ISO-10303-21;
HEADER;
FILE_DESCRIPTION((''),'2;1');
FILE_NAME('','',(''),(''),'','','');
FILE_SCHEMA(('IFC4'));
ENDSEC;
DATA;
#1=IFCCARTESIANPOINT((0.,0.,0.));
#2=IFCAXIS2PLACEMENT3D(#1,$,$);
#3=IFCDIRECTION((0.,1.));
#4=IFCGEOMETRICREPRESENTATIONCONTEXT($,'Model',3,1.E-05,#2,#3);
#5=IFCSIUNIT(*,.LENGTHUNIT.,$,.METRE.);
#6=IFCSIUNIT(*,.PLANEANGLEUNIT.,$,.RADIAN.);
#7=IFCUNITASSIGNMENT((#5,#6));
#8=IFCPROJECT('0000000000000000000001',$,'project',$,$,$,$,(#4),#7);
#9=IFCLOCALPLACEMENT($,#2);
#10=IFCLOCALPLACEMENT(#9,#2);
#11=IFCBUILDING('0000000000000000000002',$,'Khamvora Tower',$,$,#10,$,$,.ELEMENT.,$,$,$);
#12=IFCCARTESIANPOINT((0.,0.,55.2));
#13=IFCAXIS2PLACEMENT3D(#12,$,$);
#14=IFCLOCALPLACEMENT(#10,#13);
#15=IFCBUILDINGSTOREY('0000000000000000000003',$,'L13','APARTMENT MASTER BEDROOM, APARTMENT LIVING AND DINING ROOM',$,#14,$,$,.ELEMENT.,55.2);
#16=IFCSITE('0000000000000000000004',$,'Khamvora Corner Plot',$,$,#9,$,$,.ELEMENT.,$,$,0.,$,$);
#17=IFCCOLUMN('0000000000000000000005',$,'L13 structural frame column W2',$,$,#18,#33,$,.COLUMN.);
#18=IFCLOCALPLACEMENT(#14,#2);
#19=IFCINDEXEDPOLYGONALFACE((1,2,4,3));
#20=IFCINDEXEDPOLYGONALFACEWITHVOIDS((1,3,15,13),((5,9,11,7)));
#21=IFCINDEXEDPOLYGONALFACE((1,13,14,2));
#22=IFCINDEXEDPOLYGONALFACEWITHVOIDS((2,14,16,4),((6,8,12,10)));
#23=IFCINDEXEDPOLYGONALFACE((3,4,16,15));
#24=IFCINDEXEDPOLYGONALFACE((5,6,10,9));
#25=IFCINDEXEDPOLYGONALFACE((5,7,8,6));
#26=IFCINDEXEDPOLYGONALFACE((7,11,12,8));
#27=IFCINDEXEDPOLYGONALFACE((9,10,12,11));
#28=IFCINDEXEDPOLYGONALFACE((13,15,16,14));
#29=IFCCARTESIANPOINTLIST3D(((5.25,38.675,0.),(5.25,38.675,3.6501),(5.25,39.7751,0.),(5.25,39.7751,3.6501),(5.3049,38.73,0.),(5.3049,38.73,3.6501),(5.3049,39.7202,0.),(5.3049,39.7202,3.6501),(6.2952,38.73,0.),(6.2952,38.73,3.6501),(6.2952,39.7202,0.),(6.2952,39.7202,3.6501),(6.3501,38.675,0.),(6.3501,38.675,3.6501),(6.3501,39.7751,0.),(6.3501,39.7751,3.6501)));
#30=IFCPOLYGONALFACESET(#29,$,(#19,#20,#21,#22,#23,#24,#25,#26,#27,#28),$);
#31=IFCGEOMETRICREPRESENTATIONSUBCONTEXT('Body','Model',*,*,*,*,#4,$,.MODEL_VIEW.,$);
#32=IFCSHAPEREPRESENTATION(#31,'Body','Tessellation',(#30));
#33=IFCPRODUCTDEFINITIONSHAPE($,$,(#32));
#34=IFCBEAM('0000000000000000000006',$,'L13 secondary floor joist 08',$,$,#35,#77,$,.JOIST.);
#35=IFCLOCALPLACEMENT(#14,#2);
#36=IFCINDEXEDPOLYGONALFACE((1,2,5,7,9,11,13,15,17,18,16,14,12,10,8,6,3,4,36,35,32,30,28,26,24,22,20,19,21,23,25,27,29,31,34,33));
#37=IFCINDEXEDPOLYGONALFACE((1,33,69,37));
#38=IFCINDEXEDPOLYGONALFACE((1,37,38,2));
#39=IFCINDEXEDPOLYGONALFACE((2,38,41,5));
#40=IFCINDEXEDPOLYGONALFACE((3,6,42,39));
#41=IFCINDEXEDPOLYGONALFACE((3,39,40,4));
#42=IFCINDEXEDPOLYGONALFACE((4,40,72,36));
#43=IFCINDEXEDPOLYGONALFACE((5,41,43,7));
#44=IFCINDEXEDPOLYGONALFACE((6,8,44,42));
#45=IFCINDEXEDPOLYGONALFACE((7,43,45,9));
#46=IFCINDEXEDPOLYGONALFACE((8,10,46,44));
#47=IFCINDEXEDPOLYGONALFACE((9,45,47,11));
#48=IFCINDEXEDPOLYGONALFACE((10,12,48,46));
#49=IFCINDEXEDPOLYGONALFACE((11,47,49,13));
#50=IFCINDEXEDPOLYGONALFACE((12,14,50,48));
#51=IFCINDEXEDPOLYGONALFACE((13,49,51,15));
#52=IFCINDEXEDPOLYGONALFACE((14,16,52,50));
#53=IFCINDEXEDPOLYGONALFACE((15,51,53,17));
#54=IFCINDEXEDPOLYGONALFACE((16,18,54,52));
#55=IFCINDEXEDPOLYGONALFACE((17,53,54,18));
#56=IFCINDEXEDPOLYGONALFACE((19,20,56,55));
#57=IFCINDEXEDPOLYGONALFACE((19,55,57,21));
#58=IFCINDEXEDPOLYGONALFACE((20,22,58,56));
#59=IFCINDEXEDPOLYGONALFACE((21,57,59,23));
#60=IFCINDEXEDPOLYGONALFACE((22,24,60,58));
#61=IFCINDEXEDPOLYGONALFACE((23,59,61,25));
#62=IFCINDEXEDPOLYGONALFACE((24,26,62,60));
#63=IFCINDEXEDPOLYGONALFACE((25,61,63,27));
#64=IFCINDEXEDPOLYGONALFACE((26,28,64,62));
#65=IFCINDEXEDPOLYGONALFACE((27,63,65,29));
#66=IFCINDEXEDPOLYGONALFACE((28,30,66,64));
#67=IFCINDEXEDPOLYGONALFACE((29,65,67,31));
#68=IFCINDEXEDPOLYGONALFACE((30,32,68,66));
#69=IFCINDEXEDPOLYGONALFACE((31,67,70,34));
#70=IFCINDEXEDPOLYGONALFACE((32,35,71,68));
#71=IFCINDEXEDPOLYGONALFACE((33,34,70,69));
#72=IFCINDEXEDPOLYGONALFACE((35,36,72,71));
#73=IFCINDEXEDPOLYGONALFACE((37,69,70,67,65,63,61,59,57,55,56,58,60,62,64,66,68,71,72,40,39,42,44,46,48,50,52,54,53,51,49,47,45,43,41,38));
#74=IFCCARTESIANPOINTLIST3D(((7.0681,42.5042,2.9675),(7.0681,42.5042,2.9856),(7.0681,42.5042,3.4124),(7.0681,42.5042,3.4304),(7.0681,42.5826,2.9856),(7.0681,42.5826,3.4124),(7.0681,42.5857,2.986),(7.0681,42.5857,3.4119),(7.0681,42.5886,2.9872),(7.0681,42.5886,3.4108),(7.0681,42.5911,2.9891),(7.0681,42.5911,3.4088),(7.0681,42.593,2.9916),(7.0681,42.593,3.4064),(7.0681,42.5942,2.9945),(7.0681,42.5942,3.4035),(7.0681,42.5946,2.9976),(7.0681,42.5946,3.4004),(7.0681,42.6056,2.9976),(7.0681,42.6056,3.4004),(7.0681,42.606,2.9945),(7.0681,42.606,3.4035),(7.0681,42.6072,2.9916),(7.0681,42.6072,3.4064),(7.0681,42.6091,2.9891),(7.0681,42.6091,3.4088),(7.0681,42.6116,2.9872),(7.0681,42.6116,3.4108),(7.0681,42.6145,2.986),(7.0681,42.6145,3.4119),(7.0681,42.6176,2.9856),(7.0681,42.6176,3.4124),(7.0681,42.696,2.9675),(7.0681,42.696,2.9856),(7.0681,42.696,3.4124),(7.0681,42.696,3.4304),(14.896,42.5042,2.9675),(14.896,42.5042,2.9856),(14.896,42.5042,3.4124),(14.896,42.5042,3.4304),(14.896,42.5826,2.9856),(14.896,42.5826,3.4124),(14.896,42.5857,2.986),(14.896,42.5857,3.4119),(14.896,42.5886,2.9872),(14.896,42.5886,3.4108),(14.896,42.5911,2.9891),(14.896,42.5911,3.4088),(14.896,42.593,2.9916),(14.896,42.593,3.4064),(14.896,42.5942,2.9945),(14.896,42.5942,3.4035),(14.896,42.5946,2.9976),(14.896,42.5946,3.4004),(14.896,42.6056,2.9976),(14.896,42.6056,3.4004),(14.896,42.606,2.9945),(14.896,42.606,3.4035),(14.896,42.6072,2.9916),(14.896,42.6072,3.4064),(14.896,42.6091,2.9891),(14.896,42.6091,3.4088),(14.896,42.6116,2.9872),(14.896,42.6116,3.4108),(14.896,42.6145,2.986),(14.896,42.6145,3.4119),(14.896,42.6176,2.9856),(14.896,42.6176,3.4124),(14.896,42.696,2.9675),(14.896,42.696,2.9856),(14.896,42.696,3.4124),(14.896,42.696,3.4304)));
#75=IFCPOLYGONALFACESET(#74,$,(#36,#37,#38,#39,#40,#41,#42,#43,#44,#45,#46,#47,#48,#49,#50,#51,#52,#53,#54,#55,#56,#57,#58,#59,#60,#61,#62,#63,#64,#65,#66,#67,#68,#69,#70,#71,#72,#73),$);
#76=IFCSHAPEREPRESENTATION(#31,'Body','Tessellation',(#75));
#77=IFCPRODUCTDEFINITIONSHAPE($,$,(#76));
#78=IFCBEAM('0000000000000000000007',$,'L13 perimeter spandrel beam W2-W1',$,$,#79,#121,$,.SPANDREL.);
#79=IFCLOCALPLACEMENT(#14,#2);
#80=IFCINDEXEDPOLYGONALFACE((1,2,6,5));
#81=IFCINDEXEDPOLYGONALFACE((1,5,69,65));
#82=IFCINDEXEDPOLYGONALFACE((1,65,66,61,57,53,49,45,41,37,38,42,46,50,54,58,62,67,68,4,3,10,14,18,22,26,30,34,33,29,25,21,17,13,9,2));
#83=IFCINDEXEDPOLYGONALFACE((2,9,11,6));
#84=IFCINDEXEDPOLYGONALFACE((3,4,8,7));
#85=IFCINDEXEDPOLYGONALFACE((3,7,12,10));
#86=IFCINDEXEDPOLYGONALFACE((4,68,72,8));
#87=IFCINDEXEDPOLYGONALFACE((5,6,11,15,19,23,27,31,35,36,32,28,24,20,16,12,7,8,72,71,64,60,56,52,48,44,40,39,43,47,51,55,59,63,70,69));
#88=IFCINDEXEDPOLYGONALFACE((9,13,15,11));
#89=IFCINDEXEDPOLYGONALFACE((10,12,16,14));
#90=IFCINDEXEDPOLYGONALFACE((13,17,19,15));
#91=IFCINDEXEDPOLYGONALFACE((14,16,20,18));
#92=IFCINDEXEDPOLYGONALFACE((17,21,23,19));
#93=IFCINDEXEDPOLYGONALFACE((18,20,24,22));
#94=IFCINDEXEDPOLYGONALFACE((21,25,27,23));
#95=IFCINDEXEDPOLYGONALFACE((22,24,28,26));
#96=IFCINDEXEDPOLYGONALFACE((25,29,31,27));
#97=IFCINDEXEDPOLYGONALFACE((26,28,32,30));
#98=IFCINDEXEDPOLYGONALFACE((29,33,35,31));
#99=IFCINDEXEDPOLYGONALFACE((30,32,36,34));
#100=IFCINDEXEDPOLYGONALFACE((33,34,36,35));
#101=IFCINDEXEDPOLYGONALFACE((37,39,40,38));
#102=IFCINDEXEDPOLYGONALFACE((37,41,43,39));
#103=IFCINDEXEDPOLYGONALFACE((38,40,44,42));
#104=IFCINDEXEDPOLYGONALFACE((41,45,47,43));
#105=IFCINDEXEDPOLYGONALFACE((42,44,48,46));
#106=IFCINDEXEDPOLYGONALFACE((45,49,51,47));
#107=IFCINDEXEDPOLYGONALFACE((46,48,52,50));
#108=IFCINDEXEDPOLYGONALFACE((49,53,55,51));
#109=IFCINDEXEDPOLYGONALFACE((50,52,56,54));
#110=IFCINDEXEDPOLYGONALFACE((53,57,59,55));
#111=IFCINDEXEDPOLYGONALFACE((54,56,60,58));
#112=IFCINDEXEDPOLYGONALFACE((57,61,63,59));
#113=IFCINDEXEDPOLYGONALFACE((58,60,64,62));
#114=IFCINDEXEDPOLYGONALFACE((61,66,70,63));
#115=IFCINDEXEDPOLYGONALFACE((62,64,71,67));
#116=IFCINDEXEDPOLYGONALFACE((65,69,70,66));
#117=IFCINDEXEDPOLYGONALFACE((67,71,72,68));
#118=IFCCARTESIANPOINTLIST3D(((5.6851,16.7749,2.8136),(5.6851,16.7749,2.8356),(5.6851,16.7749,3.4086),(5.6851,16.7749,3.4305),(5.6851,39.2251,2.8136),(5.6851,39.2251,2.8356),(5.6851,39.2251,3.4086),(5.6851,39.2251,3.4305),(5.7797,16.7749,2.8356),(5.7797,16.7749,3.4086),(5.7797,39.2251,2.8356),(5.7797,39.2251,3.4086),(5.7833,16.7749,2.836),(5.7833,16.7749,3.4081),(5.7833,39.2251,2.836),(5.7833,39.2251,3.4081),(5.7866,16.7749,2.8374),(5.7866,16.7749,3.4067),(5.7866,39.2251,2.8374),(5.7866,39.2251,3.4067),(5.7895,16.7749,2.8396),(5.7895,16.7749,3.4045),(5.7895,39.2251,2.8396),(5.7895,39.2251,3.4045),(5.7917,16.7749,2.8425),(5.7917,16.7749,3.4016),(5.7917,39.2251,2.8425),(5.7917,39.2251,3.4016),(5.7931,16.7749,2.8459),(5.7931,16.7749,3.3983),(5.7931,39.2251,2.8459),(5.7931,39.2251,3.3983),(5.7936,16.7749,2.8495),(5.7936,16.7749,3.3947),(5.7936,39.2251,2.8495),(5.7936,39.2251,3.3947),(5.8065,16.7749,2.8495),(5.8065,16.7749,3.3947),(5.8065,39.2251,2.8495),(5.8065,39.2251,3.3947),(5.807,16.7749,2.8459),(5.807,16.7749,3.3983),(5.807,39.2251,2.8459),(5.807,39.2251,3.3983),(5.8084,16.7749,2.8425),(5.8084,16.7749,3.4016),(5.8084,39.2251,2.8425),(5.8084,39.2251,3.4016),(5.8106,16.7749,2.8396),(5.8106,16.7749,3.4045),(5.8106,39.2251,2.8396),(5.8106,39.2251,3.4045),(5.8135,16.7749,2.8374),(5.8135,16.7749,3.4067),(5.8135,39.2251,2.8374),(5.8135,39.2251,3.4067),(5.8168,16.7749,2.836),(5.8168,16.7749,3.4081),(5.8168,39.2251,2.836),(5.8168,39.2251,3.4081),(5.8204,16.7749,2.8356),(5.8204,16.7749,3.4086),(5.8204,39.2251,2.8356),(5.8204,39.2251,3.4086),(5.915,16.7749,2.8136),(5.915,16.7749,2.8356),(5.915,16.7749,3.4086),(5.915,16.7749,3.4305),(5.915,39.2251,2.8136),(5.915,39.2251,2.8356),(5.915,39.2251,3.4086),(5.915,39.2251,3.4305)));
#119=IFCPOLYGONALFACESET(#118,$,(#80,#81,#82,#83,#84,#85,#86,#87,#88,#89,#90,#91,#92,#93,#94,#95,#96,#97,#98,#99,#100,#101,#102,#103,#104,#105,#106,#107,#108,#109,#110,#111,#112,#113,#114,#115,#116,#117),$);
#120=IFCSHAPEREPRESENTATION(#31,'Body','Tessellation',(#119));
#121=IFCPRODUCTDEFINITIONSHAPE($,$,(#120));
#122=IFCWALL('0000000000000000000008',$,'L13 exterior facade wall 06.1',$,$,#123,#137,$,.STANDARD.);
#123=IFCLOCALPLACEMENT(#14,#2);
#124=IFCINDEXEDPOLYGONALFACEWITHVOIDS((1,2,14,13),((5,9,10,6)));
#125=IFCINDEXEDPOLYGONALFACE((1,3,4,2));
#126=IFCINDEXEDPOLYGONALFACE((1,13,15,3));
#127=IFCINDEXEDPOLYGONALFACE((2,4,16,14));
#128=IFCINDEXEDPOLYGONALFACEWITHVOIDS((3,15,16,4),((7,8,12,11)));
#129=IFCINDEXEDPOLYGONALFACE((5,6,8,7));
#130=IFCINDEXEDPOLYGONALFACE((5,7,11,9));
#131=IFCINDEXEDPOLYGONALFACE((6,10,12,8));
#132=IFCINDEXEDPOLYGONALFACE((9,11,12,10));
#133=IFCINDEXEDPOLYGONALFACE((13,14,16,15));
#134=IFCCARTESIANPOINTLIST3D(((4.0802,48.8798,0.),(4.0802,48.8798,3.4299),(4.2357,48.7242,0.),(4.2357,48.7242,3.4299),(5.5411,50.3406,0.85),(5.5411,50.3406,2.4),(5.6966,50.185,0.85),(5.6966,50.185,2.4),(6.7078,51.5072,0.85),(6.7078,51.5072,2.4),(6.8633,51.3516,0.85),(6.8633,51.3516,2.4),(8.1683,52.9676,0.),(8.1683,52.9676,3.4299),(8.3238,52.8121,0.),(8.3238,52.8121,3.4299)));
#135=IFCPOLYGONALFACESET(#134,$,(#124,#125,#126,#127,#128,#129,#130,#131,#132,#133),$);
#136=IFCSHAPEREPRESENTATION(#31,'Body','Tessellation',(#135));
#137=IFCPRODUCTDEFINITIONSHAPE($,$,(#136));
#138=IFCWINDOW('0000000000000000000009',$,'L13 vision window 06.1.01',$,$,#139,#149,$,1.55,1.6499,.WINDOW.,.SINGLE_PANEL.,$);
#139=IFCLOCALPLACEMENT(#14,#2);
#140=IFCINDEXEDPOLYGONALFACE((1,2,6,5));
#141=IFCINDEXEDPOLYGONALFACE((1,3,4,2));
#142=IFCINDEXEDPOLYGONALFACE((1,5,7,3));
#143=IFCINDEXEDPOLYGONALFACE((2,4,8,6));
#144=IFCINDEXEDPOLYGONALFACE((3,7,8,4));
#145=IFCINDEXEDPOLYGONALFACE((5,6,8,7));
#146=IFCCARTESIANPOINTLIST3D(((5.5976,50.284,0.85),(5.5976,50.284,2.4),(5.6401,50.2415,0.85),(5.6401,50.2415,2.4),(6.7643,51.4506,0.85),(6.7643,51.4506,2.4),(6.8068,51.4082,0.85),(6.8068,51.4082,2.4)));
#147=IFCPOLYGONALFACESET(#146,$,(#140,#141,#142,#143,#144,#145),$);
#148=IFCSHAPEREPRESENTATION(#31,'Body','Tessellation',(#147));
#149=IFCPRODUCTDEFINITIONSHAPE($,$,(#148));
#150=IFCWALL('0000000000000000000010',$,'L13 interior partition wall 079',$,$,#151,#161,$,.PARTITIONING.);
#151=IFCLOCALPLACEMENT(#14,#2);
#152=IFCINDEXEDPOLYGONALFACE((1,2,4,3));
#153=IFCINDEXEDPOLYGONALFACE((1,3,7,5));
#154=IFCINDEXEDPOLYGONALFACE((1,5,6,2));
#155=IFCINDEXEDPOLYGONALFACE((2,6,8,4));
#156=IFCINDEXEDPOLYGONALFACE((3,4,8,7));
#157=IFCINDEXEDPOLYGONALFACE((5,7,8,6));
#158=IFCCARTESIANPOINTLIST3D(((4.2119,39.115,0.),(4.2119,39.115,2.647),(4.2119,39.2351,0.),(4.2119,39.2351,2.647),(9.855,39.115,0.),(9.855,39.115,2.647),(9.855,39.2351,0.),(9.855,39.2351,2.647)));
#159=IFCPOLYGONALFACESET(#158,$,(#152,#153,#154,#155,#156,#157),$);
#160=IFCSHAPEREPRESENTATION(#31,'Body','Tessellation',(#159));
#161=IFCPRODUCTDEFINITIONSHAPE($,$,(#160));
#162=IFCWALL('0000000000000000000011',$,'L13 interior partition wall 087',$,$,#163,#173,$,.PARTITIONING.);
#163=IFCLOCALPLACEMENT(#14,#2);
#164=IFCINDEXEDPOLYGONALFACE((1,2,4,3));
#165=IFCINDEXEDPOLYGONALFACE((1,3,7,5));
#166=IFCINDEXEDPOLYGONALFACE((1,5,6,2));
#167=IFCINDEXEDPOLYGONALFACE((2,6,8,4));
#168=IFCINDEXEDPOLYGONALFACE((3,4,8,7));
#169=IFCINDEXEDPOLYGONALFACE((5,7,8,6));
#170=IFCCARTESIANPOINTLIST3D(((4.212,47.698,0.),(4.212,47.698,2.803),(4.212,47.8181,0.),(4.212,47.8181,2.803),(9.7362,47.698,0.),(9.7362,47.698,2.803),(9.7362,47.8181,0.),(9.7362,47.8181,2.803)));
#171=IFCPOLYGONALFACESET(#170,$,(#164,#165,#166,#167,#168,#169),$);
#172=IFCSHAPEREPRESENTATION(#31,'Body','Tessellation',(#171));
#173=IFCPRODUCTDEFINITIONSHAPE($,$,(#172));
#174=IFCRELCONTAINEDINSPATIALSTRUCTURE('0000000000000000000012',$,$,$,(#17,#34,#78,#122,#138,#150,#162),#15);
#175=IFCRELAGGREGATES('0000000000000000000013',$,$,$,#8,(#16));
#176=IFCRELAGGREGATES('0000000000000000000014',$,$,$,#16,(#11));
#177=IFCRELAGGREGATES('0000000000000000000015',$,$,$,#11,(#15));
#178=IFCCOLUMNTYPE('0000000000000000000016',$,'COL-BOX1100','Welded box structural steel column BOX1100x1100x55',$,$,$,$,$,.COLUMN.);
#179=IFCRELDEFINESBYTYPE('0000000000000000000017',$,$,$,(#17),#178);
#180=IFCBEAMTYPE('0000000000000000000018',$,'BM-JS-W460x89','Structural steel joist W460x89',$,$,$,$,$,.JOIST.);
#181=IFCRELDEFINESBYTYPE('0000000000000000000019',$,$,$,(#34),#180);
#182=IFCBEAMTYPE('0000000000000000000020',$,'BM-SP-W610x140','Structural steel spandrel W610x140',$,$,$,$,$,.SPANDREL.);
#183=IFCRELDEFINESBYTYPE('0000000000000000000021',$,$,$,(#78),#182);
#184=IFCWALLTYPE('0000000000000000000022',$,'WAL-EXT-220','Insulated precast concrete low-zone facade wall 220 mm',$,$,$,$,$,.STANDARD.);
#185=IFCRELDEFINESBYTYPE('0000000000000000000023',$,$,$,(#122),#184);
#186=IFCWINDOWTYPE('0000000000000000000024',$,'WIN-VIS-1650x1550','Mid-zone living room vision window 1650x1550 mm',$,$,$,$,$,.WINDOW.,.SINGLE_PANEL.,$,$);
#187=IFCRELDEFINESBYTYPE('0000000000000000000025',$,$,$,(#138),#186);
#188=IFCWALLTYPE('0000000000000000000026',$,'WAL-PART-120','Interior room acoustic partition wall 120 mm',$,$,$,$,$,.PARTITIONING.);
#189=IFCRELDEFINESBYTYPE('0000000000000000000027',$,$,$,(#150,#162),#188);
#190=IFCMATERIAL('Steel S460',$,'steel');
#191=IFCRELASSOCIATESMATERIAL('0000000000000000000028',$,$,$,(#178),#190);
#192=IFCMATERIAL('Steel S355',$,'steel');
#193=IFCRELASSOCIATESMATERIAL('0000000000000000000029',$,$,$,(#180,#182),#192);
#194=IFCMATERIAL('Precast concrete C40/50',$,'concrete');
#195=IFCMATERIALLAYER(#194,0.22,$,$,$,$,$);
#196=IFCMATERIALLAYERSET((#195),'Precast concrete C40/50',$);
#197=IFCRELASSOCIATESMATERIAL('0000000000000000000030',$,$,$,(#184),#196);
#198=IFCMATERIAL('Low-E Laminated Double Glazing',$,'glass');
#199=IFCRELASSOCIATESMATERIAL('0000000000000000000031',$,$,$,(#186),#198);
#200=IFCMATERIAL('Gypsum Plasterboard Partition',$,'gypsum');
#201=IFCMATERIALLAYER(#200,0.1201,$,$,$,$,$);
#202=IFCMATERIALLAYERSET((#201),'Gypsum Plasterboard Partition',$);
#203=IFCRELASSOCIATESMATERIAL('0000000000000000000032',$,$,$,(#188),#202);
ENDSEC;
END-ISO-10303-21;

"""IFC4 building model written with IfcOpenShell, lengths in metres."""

from ifc_helpers import new_model, si_unit, direction, frame, frame_2d, origin, origin_2d, place, context, subcontext, project, spatial, rectangle, hollow_rectangle, i_section, extrude, material, layer, layer_set, material_profile, profile_set, type_object, element, fill, save


model = new_model("IFC4")

# Units and contexts
model_context = context("Model", 3, precision=1e-05, world=origin(), true_north=direction((0.0, 1.0)))
body_context = subcontext(model_context, "Body", "Model", "MODEL_VIEW")
ifc_project = project(units=[si_unit("LENGTHUNIT", "METRE"), si_unit("PLANEANGLEUNIT", "RADIAN")], contexts=[model_context])

# Site, building, storey
site_placement = place(None, origin())
site = spatial("IfcSite", under=ifc_project, at=site_placement, Name="Khamvora Corner Plot", CompositionType="ELEMENT", RefElevation=0.0)
building_placement = place(site_placement, origin())
building = spatial("IfcBuilding", under=site, at=building_placement, Name="Khamvora Tower", CompositionType="ELEMENT")
storey_placement = place(building_placement, frame((0.0, 0.0, 55.2)))
storey = spatial("IfcBuildingStorey", under=building, at=storey_placement, Name="L13", Description="APARTMENT MASTER BEDROOM, APARTMENT LIVING AND DINING ROOM", CompositionType="ELEMENT", Elevation=55.2)

# Column
ifc_material_1 = material(Name="Steel S460", Category="steel")
ifc_material_profile_1 = material_profile(ifc_material_1, hollow_rectangle(XDim=1.1001, YDim=1.1001, WallThickness=0.0549, at=origin_2d()), Name="BOX1100x1100x55")
ifc_profile_set_1 = profile_set([ifc_material_profile_1], Name="Steel S460")
column_type = type_object("IfcColumnType", Name="COL-BOX1100", Description="Welded box structural steel column BOX1100x1100x55", PredefinedType="COLUMN", material=ifc_profile_set_1)
column_placement = place(storey_placement, frame((5.8, 39.2251, 0.0), z_axis=(0.0, 0.0, 1.0), x_axis=(1.0, 0.0, 0.0)))
element("IfcColumn", 1, at=column_placement, inside=storey, type_object=column_type, Name="L13 structural frame column W2", PredefinedType="COLUMN", context=body_context, shape_type="SweptSolid", body=[
    extrude(hollow_rectangle(XDim=1.1001, YDim=1.1001, WallThickness=0.0549, at=origin_2d()), origin(), (0.0, 0.0, 1.0), 3.6501),
])

# Beams
ifc_material_2 = material(Name="Steel S355", Category="steel")
ifc_material_profile_2 = material_profile(ifc_material_2, i_section(OverallWidth=0.1919, OverallDepth=0.4629, WebThickness=0.011, FlangeThickness=0.0181, FilletRadius=0.012, at=origin_2d()), Name="W460x89")
ifc_profile_set_2 = profile_set([ifc_material_profile_2], Name="Steel S355")
beam_type_1 = type_object("IfcBeamType", Name="BM-JS-W460x89", Description="Structural steel joist W460x89", PredefinedType="JOIST", material=ifc_profile_set_2)
beam_1_placement = place(storey_placement, frame((7.0681, 42.6001, 3.199), z_axis=(1.0, 0.0, 0.0), x_axis=(0.0, 1.0, 0.0)))
element("IfcBeam", 2, at=beam_1_placement, inside=storey, type_object=beam_type_1, Name="L13 secondary floor joist 08", PredefinedType="JOIST", context=body_context, shape_type="SweptSolid", body=[
    extrude(i_section(OverallWidth=0.1919, OverallDepth=0.4629, WebThickness=0.011, FlangeThickness=0.0181, FilletRadius=0.012, at=origin_2d()), origin(), (0.0, 0.0, 1.0), 7.8279),
])
ifc_material_profile_3 = material_profile(ifc_material_2, i_section(OverallWidth=0.23, OverallDepth=0.6169, WebThickness=0.0129, FlangeThickness=0.022, FilletRadius=0.0139, at=origin_2d()), Name="W610x140")
ifc_profile_set_3 = profile_set([ifc_material_profile_3], Name="Steel S355")
beam_type_2 = type_object("IfcBeamType", Name="BM-SP-W610x140", Description="Structural steel spandrel W610x140", PredefinedType="SPANDREL", material=ifc_profile_set_3)
beam_2_placement = place(storey_placement, frame((5.8, 39.2251, 3.1221), z_axis=(0.0, -1.0, 0.0), x_axis=(1.0, 0.0, 0.0)))
element("IfcBeam", 3, at=beam_2_placement, inside=storey, type_object=beam_type_2, Name="L13 perimeter spandrel beam W2-W1", PredefinedType="SPANDREL", context=body_context, shape_type="SweptSolid", body=[
    extrude(i_section(OverallWidth=0.23, OverallDepth=0.6169, WebThickness=0.0129, FlangeThickness=0.022, FilletRadius=0.0139, at=origin_2d()), origin(), (0.0, 0.0, 1.0), 22.4502),
])

# Wall, opening, window
ifc_material_3 = material(Name="Precast concrete C40/50", Category="concrete")
ifc_layer_1 = layer(ifc_material_3, 0.22)
ifc_layer_set_1 = layer_set([ifc_layer_1], Name="Precast concrete C40/50")
wall_type_1 = type_object("IfcWallType", Name="WAL-EXT-220", Description="Insulated precast concrete low-zone facade wall 220 mm", PredefinedType="STANDARD", material=ifc_layer_set_1)
wall_1_placement = place(storey_placement, frame((4.158, 48.802, 0.0), z_axis=(0.0, 0.0, 1.0), x_axis=(0.707128, 0.707086, 0.0)))
wall_1 = element("IfcWall", 4, at=wall_1_placement, inside=storey, type_object=wall_type_1, Name="L13 exterior facade wall 06.1", PredefinedType="STANDARD", context=body_context, shape_type="SweptSolid", body=[
    extrude(rectangle(XDim=5.7812, YDim=0.22, at=frame_2d((2.8906, 0.0))), origin(), (0.0, 0.0, 1.0), 3.4299),
])
opening_1_placement = place(wall_1_placement, frame((2.0659, 0.0, 0.8501)))
opening_1 = element("IfcOpeningElement", 5, at=opening_1_placement, cuts=wall_1, PredefinedType="OPENING", context=body_context, shape_type="SweptSolid", body=[
    extrude(rectangle(XDim=1.6499, YDim=1.55, at=frame_2d((0.825, 0.7749))), frame((0.0, 0.1199, 0.0), z_axis=(0.0, -1.0, 0.0), x_axis=(1.0, 0.0, 0.0)), (0.0, 0.0, 1.0), 0.24),
])
ifc_material_4 = material(Name="Low-E Laminated Double Glazing", Category="glass")
window_type_1 = type_object("IfcWindowType", Name="WIN-VIS-1650x1550", Description="Mid-zone living room vision window 1650x1550 mm", PartitioningType="SINGLE_PANEL", PredefinedType="WINDOW", material=ifc_material_4)
window_1_placement = place(opening_1_placement, origin())
window_1 = element("IfcWindow", 6, at=window_1_placement, inside=storey, type_object=window_type_1, Name="L13 vision window 06.1.01", OverallHeight=1.55, OverallWidth=1.6499, PartitioningType="SINGLE_PANEL", PredefinedType="WINDOW", context=body_context, shape_type="SweptSolid", body=[
    extrude(rectangle(XDim=1.6499, YDim=1.55, at=frame_2d((0.825, 0.7749))), frame((0.0, 0.03, 0.0), z_axis=(0.0, -1.0, 0.0), x_axis=(1.0, 0.0, 0.0)), (0.0, 0.0, 1.0), 0.0601),
])
fill(opening_1, window_1)

# Walls
ifc_material_5 = material(Name="Gypsum Plasterboard Partition", Category="gypsum")
ifc_layer_2 = layer(ifc_material_5, 0.1201)
ifc_layer_set_2 = layer_set([ifc_layer_2], Name="Gypsum Plasterboard Partition")
wall_type_2 = type_object("IfcWallType", Name="WAL-PART-120", Description="Interior room acoustic partition wall 120 mm", PredefinedType="PARTITIONING", material=ifc_layer_set_2)
wall_2_placement = place(storey_placement, frame((4.2119, 39.175, 0.0), z_axis=(0.0, 0.0, 1.0), x_axis=(1.0, 0.0, 0.0)))
element("IfcWall", 7, at=wall_2_placement, inside=storey, type_object=wall_type_2, Name="L13 interior partition wall 079", PredefinedType="PARTITIONING", context=body_context, shape_type="SweptSolid", body=[
    extrude(rectangle(XDim=5.6431, YDim=0.1201, at=frame_2d((2.8215, 0.0))), origin(), (0.0, 0.0, 1.0), 2.647),
])
wall_3_placement = place(storey_placement, frame((4.2119, 47.7581, 0.0), z_axis=(0.0, 0.0, 1.0), x_axis=(1.0, 0.0, 0.0)))
element("IfcWall", 8, at=wall_3_placement, inside=storey, type_object=wall_type_2, Name="L13 interior partition wall 087", PredefinedType="PARTITIONING", context=body_context, shape_type="SweptSolid", body=[
    extrude(rectangle(XDim=5.5242, YDim=0.1201, at=frame_2d((2.7622, 0.0))), origin(), (0.0, 0.0, 1.0), 2.803),
])

save(model, "model.ifc")
